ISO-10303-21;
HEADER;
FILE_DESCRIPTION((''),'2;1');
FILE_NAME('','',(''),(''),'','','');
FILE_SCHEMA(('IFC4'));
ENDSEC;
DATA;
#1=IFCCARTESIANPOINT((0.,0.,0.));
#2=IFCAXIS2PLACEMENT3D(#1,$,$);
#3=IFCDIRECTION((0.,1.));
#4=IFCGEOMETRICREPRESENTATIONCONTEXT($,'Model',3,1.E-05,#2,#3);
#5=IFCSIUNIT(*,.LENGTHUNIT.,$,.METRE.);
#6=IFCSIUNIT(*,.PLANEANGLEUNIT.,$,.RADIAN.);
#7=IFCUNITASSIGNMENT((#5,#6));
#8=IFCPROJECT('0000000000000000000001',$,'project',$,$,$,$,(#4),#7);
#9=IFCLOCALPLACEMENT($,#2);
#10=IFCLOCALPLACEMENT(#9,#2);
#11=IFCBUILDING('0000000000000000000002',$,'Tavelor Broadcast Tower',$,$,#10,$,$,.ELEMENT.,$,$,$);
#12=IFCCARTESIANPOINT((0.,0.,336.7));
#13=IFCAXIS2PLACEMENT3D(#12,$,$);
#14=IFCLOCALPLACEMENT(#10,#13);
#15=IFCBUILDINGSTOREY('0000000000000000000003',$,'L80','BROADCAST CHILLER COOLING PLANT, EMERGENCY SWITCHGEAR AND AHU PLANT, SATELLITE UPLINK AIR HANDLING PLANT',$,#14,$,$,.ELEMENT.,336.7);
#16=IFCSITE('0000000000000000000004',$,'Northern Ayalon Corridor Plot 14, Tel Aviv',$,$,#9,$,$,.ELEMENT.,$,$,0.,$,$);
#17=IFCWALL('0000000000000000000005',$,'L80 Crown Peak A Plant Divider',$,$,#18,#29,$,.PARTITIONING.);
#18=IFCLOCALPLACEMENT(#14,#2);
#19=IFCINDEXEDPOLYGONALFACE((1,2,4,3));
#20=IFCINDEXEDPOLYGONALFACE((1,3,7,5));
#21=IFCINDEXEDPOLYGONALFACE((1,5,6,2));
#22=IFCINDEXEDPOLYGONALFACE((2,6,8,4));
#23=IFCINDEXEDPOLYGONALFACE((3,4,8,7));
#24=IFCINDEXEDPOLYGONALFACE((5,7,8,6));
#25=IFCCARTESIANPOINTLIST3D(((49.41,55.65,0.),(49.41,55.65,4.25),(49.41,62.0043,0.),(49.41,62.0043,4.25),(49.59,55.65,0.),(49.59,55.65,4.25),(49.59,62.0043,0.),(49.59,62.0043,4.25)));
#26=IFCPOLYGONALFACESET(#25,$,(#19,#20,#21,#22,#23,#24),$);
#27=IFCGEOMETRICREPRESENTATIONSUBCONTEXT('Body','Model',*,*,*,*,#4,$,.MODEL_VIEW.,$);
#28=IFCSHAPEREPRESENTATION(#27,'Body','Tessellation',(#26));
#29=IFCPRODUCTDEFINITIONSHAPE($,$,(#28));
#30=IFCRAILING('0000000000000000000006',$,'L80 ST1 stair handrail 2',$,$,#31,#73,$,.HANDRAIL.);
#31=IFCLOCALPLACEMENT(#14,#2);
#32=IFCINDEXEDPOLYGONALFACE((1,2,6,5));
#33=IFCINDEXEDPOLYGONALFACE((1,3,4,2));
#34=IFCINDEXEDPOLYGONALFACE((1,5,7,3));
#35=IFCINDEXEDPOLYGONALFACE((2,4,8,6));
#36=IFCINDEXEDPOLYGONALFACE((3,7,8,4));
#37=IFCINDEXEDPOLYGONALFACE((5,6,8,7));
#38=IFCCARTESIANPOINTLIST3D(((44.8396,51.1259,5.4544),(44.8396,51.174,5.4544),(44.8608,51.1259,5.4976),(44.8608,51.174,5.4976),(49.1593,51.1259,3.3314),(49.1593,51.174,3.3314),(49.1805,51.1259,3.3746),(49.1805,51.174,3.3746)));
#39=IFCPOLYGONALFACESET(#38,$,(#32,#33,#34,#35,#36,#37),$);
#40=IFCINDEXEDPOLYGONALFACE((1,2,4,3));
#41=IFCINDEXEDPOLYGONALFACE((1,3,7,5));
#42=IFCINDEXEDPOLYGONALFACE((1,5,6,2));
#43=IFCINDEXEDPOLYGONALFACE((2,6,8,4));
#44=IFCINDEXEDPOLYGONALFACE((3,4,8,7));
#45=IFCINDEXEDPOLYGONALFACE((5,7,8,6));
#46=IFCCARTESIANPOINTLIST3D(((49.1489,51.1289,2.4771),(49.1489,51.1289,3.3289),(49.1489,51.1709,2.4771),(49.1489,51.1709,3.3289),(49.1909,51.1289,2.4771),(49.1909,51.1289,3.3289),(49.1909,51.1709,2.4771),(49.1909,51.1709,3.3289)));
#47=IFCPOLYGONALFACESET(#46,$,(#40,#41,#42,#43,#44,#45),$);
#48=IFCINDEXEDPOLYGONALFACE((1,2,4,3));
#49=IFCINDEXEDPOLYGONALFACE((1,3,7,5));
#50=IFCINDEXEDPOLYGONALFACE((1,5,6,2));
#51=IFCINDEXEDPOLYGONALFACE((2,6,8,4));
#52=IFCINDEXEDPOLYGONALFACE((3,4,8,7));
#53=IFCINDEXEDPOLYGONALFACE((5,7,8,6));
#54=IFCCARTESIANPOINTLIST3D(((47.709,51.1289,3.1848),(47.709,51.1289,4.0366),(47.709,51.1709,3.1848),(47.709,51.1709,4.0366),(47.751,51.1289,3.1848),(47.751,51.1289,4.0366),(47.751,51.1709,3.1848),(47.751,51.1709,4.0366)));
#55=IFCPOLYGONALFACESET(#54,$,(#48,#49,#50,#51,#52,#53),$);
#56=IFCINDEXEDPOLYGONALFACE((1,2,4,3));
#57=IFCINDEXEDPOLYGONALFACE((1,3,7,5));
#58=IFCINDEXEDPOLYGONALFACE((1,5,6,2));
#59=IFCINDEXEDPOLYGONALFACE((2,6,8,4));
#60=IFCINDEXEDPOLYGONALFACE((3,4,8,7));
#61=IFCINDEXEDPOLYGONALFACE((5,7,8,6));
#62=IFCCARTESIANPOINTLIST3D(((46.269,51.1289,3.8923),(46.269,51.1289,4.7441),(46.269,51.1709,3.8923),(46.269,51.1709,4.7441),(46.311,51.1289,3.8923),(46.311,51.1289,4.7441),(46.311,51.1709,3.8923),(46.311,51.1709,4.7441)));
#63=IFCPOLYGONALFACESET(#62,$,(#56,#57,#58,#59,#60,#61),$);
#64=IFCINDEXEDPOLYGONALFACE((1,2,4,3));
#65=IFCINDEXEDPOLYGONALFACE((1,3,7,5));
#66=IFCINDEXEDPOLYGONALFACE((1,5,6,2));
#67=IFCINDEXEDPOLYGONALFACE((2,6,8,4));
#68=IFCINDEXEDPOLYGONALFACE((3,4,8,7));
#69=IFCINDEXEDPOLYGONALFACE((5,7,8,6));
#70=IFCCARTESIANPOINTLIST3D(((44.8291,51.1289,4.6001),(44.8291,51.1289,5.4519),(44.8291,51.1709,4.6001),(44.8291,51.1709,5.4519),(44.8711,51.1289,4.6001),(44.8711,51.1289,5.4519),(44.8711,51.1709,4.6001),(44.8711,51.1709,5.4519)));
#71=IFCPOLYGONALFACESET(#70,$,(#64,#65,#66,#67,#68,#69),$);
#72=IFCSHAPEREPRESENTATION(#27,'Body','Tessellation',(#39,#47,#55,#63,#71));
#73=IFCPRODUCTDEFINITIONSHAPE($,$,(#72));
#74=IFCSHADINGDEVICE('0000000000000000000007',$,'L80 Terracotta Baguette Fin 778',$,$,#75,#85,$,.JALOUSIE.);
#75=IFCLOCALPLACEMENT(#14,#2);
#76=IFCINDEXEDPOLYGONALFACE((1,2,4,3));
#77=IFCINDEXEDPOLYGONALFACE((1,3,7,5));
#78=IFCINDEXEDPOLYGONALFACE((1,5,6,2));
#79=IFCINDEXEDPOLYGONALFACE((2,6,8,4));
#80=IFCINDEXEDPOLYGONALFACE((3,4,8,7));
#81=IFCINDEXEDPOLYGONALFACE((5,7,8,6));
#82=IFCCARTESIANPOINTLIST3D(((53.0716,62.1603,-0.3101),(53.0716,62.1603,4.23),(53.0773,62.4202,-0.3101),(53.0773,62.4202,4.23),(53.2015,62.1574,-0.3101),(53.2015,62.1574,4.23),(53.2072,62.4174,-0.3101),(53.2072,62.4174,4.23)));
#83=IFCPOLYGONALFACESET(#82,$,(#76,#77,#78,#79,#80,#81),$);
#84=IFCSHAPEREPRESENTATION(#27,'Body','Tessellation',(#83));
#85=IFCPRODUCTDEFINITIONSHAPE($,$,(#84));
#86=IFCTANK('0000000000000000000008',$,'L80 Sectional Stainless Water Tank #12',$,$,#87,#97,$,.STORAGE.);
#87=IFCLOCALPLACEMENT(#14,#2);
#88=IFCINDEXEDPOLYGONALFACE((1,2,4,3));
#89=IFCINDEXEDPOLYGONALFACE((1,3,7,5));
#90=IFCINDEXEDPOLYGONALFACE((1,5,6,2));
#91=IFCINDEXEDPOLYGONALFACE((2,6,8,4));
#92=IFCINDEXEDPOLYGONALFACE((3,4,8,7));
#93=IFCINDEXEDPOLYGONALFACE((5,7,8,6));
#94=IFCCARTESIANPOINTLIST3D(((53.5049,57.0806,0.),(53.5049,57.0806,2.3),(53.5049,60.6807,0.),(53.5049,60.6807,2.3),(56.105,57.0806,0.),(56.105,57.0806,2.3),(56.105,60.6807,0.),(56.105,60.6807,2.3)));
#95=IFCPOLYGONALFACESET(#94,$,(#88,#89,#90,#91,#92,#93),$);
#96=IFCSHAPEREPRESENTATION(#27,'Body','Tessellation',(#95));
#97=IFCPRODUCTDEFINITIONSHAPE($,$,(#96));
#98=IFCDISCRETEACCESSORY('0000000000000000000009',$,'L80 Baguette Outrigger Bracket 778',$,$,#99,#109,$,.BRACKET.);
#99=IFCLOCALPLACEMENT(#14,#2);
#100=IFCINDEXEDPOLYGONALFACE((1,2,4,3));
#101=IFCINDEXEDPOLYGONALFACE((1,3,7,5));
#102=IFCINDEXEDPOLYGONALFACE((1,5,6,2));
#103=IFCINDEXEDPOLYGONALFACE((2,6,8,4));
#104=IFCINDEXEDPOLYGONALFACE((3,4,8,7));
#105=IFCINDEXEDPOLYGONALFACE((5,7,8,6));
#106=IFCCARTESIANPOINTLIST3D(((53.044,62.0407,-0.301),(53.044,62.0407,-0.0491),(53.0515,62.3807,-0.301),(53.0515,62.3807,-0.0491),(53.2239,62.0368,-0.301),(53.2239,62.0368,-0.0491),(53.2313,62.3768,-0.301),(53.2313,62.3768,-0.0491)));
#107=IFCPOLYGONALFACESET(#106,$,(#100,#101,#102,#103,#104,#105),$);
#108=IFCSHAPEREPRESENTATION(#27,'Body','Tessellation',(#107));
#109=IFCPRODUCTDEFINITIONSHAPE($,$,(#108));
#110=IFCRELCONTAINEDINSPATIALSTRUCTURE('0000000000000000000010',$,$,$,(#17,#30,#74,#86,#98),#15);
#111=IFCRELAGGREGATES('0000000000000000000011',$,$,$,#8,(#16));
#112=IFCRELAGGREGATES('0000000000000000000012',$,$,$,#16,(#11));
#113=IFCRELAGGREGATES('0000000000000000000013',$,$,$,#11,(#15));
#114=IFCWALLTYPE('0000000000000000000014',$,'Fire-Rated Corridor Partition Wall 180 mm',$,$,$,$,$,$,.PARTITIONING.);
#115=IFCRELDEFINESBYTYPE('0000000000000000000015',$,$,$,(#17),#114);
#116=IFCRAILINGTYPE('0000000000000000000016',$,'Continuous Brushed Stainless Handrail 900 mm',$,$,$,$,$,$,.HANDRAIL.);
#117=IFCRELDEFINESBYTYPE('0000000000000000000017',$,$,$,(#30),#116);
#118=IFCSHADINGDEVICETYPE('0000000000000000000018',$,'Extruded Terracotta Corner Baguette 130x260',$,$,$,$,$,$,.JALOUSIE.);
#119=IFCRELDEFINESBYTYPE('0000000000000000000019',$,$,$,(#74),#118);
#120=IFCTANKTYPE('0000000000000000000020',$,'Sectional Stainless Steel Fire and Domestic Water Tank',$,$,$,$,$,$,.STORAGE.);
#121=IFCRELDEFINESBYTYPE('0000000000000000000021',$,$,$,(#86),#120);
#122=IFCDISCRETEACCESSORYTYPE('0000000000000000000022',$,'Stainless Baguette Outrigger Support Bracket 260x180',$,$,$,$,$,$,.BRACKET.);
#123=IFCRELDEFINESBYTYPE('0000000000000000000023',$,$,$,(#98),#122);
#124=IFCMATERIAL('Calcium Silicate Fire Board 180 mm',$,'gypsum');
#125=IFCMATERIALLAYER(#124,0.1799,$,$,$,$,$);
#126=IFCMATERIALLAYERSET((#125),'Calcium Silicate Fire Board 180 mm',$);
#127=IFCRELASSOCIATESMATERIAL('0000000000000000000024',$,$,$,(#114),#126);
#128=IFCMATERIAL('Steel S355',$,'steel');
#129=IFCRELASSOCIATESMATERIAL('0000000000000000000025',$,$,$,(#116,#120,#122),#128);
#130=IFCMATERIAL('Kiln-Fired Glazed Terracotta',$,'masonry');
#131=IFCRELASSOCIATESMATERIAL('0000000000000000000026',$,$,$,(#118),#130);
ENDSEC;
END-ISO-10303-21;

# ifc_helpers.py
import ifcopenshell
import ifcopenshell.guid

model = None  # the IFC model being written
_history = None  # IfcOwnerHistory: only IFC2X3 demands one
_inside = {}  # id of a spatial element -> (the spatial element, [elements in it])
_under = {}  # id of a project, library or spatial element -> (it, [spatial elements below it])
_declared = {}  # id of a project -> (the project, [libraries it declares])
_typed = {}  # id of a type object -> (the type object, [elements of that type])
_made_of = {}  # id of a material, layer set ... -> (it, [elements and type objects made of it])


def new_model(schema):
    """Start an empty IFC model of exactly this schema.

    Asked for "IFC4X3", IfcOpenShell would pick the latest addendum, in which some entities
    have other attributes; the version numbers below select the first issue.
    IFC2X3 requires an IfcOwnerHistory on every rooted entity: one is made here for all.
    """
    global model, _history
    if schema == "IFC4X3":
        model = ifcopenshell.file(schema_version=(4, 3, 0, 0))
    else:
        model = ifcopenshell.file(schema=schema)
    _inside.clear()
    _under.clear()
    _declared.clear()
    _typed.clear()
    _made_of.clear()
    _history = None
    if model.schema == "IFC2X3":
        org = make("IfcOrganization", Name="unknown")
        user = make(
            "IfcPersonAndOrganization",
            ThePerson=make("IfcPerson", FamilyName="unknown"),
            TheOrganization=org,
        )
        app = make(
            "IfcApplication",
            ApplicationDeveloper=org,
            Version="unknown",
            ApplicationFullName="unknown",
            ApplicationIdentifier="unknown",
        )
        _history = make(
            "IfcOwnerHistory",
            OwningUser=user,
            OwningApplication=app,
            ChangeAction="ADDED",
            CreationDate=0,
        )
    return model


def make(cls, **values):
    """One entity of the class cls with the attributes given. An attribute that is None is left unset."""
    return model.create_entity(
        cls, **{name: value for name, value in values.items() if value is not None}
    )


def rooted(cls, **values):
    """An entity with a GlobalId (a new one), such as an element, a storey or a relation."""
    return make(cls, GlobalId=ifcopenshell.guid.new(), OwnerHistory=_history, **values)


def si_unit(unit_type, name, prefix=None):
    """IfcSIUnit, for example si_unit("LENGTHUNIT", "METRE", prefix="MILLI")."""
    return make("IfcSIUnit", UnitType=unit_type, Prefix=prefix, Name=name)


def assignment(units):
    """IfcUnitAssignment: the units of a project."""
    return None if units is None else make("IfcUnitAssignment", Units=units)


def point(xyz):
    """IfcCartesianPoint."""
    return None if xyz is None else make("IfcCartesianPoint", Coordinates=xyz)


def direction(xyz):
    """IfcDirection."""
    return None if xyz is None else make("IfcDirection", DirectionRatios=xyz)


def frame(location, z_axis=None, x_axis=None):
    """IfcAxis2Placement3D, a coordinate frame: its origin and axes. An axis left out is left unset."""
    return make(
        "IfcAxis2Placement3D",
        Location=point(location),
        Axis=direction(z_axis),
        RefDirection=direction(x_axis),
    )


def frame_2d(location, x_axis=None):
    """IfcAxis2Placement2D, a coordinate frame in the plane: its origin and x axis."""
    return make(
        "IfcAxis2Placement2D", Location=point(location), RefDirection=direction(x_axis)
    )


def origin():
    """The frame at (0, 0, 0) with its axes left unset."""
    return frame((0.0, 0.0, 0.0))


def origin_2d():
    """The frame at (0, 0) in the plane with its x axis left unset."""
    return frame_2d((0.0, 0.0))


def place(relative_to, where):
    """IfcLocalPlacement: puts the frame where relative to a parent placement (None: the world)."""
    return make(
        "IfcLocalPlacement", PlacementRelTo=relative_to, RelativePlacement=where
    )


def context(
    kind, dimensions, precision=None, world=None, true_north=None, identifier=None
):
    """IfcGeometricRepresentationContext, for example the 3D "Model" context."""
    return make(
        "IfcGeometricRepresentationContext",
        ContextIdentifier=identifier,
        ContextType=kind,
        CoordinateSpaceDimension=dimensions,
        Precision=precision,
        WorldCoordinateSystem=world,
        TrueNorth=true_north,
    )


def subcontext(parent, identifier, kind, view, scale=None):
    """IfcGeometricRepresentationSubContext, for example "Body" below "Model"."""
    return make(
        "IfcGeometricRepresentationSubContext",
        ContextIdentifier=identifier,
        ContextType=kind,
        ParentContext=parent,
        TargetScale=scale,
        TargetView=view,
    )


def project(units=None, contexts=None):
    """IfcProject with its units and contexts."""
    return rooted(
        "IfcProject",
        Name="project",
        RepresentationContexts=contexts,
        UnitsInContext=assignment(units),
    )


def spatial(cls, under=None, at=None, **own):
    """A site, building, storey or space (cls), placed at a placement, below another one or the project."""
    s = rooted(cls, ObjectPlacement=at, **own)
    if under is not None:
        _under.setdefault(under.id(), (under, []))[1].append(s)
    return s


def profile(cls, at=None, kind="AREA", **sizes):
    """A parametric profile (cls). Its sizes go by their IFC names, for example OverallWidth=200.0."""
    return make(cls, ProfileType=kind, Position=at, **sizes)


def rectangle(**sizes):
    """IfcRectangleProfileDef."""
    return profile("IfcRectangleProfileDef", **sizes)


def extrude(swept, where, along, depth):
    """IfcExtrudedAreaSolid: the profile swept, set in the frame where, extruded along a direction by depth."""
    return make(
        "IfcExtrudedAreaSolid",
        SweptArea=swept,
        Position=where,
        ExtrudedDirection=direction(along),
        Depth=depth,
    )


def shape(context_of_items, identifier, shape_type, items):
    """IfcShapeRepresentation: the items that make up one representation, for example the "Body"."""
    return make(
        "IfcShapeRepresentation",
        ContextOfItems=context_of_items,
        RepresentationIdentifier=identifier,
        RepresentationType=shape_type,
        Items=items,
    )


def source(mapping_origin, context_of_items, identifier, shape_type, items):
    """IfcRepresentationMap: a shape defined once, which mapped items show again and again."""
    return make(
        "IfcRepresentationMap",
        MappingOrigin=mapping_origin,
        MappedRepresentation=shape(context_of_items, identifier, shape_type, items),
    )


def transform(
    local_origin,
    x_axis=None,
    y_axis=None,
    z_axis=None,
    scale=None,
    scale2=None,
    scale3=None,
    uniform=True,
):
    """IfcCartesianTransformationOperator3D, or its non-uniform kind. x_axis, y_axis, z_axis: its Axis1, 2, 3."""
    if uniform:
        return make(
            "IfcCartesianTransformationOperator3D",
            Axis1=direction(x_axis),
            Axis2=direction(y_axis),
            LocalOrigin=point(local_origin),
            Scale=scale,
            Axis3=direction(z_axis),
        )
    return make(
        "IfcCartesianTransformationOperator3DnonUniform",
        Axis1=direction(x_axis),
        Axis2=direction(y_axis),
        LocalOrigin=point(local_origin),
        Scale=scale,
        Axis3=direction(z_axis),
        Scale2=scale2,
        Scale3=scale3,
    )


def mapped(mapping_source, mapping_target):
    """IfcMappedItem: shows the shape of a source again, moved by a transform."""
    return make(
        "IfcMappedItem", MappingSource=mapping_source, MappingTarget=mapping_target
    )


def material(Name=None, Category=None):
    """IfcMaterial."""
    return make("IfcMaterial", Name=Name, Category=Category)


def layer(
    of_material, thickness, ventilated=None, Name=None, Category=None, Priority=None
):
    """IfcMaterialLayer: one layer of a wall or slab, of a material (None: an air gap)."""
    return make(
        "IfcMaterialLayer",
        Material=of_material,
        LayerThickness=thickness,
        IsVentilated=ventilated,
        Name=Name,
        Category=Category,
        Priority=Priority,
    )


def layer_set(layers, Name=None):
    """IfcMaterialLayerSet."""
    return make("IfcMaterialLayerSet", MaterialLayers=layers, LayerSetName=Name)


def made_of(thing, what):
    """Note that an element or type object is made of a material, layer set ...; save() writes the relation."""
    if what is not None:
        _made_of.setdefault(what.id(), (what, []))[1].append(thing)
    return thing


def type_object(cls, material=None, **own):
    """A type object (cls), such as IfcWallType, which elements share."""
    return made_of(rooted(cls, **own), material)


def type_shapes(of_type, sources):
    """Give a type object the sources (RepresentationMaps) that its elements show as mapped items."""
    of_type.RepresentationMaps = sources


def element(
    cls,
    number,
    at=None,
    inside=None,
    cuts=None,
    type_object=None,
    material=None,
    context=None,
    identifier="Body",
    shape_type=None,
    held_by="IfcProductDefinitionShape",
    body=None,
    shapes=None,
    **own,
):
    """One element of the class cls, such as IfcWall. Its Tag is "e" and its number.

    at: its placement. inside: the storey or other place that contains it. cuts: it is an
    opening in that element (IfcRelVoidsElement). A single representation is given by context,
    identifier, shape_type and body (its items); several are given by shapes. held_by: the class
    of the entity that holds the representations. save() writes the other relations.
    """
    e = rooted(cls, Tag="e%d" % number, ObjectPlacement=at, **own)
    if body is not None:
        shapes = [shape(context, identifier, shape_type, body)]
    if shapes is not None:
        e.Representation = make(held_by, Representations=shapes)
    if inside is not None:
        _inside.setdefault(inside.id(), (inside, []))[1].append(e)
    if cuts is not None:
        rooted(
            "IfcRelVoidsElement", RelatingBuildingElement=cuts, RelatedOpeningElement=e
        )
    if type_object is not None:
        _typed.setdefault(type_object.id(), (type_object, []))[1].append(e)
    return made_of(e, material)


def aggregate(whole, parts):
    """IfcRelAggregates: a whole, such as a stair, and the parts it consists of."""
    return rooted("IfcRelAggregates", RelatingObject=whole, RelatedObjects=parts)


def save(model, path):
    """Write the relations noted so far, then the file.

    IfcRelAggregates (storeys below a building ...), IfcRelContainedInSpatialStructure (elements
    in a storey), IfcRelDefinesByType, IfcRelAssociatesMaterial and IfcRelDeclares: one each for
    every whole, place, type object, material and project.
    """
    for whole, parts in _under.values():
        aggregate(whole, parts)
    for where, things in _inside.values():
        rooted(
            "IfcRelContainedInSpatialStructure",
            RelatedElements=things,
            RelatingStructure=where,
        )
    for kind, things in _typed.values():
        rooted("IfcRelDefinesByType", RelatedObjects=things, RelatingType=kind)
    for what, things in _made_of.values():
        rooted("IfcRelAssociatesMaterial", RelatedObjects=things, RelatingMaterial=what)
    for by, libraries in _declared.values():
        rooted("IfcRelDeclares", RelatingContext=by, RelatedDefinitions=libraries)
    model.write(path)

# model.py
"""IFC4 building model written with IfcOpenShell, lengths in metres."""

from ifc_helpers import new_model, si_unit, direction, frame, frame_2d, origin, origin_2d, place, context, subcontext, project, spatial, rectangle, extrude, source, transform, mapped, material, layer, layer_set, type_object, type_shapes, element, save


model = new_model("IFC4")

# Units and contexts
model_context = context("Model", 3, precision=1e-05, world=origin(), true_north=direction((0.0, 1.0)))
body_context = subcontext(model_context, "Body", "Model", "MODEL_VIEW")
ifc_project = project(units=[si_unit("LENGTHUNIT", "METRE"), si_unit("PLANEANGLEUNIT", "RADIAN")], contexts=[model_context])

# Site, building, storey
site_placement = place(None, origin())
site = spatial("IfcSite", under=ifc_project, at=site_placement, Name="Northern Ayalon Corridor Plot 14, Tel Aviv", CompositionType="ELEMENT", RefElevation=0.0)
building_placement = place(site_placement, origin())
building = spatial("IfcBuilding", under=site, at=building_placement, Name="Tavelor Broadcast Tower", CompositionType="ELEMENT")
storey_placement = place(building_placement, frame((0.0, 0.0, 336.7)))
storey = spatial("IfcBuildingStorey", under=building, at=storey_placement, Name="L80", Description="BROADCAST CHILLER COOLING PLANT, EMERGENCY SWITCHGEAR AND AHU PLANT, SATELLITE UPLINK AIR HANDLING PLANT", CompositionType="ELEMENT", Elevation=336.7)

# Shared definitions
ifc_material_1 = material(Name="Steel S355", Category="steel")

# Wall
ifc_material_2 = material(Name="Calcium Silicate Fire Board 180 mm", Category="gypsum")
ifc_layer_1 = layer(ifc_material_2, 0.1799)
ifc_layer_set_1 = layer_set([ifc_layer_1], Name="Calcium Silicate Fire Board 180 mm")
wall_type = type_object("IfcWallType", Name="Fire-Rated Corridor Partition Wall 180 mm", PredefinedType="PARTITIONING", material=ifc_layer_set_1)
wall_placement = place(storey_placement, frame((49.5, 55.6499, 0.0), z_axis=(0.0, 0.0, 1.0), x_axis=(0.0, 1.0, 0.0)))
element("IfcWall", 1, at=wall_placement, inside=storey, type_object=wall_type, Name="L80 Crown Peak A Plant Divider", PredefinedType="PARTITIONING", context=body_context, shape_type="SweptSolid", body=[
    extrude(rectangle(XDim=6.3542, YDim=0.1799, at=frame_2d((3.1772, 0.0))), origin(), (0.0, 0.0, 1.0), 4.25),
])

# Railing
railing_type = type_object("IfcRailingType", Name="Continuous Brushed Stainless Handrail 900 mm", PredefinedType="HANDRAIL", material=ifc_material_1)
railing_placement = place(storey_placement, frame((49.1699, 51.1499, 2.4771)))
element("IfcRailing", 2, at=railing_placement, inside=storey, type_object=railing_type, Name="L80 ST1 stair handrail 2", PredefinedType="HANDRAIL", context=body_context, shape_type="SweptSolid", body=[
    extrude(rectangle(XDim=0.0481, YDim=0.0481, at=origin_2d()), frame((0.0, 0.0, 0.876), z_axis=(-0.89747, 0.0, 0.441076), x_axis=(0.0, -1.0, 0.0)), (0.0, 0.0, 1.0), 4.8132),
    extrude(rectangle(XDim=0.042, YDim=0.042, at=origin_2d()), origin(), (0.0, 0.0, 1.0), 0.8518),
    extrude(rectangle(XDim=0.042, YDim=0.042, at=origin_2d()), frame((-1.4399, 0.0, 0.7078)), (0.0, 0.0, 1.0), 0.8518),
    extrude(rectangle(XDim=0.042, YDim=0.042, at=origin_2d()), frame((-2.8799, 0.0, 1.4153)), (0.0, 0.0, 1.0), 0.8518),
    extrude(rectangle(XDim=0.042, YDim=0.042, at=origin_2d()), frame((-4.3198, 0.0, 2.123)), (0.0, 0.0, 1.0), 0.8518),
])

# Shading device
ifc_material_3 = material(Name="Kiln-Fired Glazed Terracotta", Category="masonry")
shading_device_type = type_object("IfcShadingDeviceType", Name="Extruded Terracotta Corner Baguette 130x260", PredefinedType="JALOUSIE", material=ifc_material_3)
shared_shape_1 = source(origin(), body_context, "Body", "SweptSolid", [
    extrude(rectangle(XDim=0.1299, YDim=0.26, at=origin_2d()), origin(), (0.0, 0.0, 1.0), 4.54),
])
type_shapes(shading_device_type, [shared_shape_1])
shading_device_placement = place(storey_placement, frame((53.1394, 62.2888, -0.3101), z_axis=(0.0, 0.0, 1.0), x_axis=(-0.999762, 0.021815, 0.0)))
element("IfcShadingDevice", 3, at=shading_device_placement, inside=storey, type_object=shading_device_type, Name="L80 Terracotta Baguette Fin 778", PredefinedType="JALOUSIE", context=body_context, shape_type="MappedRepresentation", body=[
    mapped(shared_shape_1, transform((0.0, 0.0, 0.0), scale=1.0)),
])

# Tank
tank_type = type_object("IfcTankType", Name="Sectional Stainless Steel Fire and Domestic Water Tank", PredefinedType="STORAGE", material=ifc_material_1)
tank_placement = place(storey_placement, frame((54.8049, 58.8806, 0.0), z_axis=(0.0, 0.0, 1.0), x_axis=(1.0, 0.0, 0.0)))
element("IfcTank", 4, at=tank_placement, inside=storey, type_object=tank_type, Name="L80 Sectional Stainless Water Tank #12", PredefinedType="STORAGE", context=body_context, shape_type="SweptSolid", body=[
    extrude(rectangle(XDim=2.6001, YDim=3.6001, at=origin_2d()), origin(), (0.0, 0.0, 1.0), 2.3),
])

# Discrete accessory
discrete_accessory_type = type_object("IfcDiscreteAccessoryType", Name="Stainless Baguette Outrigger Support Bracket 260x180", PredefinedType="BRACKET", material=ifc_material_1)
shared_shape_2 = source(origin(), body_context, "Body", "SweptSolid", [
    extrude(rectangle(XDim=0.1799, YDim=0.3401, at=origin_2d()), origin(), (0.0, 0.0, 1.0), 0.252),
])
type_shapes(discrete_accessory_type, [shared_shape_2])
discrete_accessory_placement = place(storey_placement, frame((53.1377, 62.2087, -0.301), z_axis=(0.0, 0.0, 1.0), x_axis=(-0.999762, 0.021815, 0.0)))
element("IfcDiscreteAccessory", 5, at=discrete_accessory_placement, inside=storey, type_object=discrete_accessory_type, Name="L80 Baguette Outrigger Bracket 778", PredefinedType="BRACKET", context=body_context, shape_type="MappedRepresentation", body=[
    mapped(shared_shape_2, transform((0.0, 0.0, 0.0), scale=1.0)),
])

save(model, "model.ifc")
